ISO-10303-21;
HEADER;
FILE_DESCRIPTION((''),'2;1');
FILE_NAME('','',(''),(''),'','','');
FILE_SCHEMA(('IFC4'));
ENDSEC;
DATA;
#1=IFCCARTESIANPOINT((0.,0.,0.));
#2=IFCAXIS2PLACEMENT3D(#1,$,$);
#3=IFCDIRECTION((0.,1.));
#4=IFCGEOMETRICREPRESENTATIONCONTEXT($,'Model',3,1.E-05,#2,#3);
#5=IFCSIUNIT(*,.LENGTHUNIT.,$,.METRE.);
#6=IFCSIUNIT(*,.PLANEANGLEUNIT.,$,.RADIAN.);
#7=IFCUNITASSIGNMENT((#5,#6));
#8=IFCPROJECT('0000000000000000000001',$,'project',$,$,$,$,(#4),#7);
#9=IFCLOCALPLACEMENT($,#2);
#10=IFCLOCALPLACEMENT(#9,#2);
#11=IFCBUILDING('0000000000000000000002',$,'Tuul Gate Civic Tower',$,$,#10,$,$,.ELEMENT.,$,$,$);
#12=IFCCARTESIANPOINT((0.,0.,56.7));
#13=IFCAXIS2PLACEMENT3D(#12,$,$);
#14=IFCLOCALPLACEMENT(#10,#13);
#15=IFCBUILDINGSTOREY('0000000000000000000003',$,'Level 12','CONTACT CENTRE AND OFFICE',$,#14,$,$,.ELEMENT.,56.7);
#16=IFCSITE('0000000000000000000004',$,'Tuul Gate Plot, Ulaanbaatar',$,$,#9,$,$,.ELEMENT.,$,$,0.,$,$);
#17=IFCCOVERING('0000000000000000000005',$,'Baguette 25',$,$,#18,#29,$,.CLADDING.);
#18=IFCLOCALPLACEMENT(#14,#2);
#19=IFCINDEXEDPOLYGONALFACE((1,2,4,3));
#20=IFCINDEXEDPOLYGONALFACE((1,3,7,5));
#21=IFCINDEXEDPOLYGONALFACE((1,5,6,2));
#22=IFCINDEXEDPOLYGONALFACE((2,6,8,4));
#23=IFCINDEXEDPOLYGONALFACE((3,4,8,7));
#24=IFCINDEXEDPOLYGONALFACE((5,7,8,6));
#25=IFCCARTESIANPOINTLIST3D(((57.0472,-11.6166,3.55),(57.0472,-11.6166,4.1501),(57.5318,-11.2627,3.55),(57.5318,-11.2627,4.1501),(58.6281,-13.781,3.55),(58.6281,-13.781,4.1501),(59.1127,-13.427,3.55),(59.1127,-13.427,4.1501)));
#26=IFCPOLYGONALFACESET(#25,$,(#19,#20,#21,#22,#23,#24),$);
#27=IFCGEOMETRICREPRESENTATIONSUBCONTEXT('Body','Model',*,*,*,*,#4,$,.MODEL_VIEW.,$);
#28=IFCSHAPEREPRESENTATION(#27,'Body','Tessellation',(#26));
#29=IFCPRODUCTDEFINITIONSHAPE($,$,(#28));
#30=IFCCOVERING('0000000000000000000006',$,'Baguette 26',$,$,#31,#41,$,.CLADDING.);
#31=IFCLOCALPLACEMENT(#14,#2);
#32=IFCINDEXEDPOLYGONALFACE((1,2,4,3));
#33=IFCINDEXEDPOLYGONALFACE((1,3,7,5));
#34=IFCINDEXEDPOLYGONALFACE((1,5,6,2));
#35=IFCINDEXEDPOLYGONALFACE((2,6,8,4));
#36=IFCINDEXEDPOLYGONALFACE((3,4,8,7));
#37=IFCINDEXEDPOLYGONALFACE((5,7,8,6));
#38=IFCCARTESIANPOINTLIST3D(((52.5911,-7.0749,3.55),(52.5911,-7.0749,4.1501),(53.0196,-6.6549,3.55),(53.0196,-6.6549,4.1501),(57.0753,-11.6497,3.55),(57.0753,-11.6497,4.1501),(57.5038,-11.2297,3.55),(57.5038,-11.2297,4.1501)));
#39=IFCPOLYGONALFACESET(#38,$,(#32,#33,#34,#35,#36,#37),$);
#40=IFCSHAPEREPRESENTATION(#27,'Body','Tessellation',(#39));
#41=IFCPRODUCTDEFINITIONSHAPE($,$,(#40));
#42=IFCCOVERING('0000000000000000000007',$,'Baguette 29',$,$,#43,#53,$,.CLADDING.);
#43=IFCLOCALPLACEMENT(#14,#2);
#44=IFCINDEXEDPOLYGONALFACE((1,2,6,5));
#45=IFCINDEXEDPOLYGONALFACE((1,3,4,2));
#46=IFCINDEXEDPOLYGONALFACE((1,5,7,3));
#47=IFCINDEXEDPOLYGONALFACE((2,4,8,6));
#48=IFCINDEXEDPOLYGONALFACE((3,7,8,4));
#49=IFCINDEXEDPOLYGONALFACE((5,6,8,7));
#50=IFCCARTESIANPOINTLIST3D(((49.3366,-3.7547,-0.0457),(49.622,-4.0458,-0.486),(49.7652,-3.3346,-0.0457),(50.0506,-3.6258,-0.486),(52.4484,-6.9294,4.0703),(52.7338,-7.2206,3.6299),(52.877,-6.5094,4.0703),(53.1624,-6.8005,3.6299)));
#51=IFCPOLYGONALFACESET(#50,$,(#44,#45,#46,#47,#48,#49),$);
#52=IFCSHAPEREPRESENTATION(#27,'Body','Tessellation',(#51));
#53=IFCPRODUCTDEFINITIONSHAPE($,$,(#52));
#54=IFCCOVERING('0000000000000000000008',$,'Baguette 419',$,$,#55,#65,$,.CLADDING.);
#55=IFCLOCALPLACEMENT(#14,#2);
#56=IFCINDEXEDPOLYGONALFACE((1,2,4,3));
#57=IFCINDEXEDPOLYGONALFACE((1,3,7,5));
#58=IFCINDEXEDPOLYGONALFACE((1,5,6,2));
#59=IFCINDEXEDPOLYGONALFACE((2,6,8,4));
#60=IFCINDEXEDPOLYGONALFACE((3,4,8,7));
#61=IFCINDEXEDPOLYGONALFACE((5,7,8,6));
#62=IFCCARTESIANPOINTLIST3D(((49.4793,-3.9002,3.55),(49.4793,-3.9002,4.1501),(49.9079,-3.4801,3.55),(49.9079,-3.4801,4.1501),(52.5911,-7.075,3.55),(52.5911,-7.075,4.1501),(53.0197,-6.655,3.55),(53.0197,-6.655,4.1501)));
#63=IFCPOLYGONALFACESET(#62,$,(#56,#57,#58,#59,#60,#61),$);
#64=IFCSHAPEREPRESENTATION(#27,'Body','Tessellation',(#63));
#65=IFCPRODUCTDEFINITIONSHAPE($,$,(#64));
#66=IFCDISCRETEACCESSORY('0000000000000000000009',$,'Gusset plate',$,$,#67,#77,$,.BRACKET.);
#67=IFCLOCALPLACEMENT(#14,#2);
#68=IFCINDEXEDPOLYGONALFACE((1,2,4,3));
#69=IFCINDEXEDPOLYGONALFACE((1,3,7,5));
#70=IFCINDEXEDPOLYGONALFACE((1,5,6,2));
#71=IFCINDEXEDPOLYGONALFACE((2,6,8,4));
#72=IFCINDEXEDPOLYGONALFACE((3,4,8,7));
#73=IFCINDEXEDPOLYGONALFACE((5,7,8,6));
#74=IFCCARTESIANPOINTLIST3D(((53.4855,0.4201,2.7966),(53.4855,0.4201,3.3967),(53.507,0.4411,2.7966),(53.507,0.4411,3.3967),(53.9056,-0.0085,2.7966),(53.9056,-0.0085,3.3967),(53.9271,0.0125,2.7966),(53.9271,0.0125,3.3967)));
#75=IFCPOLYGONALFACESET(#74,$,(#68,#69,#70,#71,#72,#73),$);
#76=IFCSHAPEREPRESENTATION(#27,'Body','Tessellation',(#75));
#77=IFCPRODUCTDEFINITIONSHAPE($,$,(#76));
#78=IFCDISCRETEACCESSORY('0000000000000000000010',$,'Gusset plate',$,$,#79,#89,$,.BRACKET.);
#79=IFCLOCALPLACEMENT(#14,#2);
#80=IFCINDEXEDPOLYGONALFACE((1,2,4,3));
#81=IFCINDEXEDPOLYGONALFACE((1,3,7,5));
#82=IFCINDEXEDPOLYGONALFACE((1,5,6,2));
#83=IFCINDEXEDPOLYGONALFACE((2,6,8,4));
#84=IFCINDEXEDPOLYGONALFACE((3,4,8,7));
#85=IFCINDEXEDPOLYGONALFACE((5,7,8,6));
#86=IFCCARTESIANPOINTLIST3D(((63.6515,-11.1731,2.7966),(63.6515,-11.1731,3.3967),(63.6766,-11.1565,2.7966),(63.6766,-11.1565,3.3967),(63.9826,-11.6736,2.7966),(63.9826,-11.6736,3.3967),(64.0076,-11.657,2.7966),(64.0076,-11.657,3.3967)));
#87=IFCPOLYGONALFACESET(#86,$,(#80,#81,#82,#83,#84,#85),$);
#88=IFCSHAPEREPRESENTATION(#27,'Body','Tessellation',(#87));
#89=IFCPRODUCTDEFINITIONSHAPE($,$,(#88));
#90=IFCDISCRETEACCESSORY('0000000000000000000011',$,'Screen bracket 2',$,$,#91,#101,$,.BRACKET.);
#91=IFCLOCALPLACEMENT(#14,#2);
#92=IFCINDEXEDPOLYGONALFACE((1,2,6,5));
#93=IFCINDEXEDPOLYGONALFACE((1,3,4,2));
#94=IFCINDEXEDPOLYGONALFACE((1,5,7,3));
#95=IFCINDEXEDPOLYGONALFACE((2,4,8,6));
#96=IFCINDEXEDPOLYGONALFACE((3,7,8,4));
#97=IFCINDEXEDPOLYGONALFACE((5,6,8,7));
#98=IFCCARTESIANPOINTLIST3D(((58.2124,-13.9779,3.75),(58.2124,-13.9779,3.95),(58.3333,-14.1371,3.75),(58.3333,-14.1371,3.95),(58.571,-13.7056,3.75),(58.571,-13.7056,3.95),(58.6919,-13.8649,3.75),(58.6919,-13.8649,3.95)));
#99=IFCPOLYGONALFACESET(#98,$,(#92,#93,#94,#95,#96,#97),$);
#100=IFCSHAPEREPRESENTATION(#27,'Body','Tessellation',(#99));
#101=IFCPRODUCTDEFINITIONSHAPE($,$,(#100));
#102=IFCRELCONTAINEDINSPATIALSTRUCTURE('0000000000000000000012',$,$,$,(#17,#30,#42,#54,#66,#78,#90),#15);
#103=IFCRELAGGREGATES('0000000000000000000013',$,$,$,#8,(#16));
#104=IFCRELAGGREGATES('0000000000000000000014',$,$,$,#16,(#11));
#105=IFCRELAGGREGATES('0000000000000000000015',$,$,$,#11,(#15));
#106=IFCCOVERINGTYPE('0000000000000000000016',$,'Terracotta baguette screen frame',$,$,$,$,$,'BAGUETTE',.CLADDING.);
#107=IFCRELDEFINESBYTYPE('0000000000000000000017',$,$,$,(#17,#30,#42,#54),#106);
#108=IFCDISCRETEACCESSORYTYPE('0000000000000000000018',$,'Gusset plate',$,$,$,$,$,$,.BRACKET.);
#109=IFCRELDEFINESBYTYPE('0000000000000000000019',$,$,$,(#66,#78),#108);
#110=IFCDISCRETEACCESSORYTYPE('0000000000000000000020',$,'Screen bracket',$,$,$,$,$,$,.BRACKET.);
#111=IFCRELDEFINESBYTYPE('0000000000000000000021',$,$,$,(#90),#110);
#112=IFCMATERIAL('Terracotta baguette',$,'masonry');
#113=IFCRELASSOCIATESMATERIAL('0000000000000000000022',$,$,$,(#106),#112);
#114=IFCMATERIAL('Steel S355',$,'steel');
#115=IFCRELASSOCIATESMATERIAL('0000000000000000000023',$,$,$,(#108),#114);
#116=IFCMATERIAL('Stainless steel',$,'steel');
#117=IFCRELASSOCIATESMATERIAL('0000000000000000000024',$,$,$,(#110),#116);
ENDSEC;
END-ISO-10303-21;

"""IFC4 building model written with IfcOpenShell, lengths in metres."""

from ifc_helpers import new_model, si_unit, direction, frame, origin, origin_2d, place, context, subcontext, project, spatial, rectangle, extrude, material, material_profile, profile_set, type_object, element, save


model = new_model("IFC4")

# Units and contexts
model_context = context("Model", 3, precision=1e-05, world=origin(), true_north=direction((0.0, 1.0)))
body_context = subcontext(model_context, "Body", "Model", "MODEL_VIEW")
ifc_project = project(units=[si_unit("LENGTHUNIT", "METRE"), si_unit("PLANEANGLEUNIT", "RADIAN")], contexts=[model_context])

# Site, building, storey
site_placement = place(None, origin())
site = spatial("IfcSite", under=ifc_project, at=site_placement, Name="Tuul Gate Plot, Ulaanbaatar", CompositionType="ELEMENT", RefElevation=0.0)
building_placement = place(site_placement, origin())
building = spatial("IfcBuilding", under=site, at=building_placement, Name="Tuul Gate Civic Tower", CompositionType="ELEMENT")
storey_placement = place(building_placement, frame((0.0, 0.0, 56.7)))
storey = spatial("IfcBuildingStorey", under=building, at=storey_placement, Name="Level 12", Description="CONTACT CENTRE AND OFFICE", CompositionType="ELEMENT", Elevation=56.7)

# Coverings
ifc_material_1 = material(Name="Terracotta baguette", Category="masonry")
ifc_material_profile_1 = material_profile(ifc_material_1, rectangle(XDim=0.6001, YDim=0.6001, at=origin_2d()), Name="Terracotta baguette screen frame")
ifc_profile_set_1 = profile_set([ifc_material_profile_1], Name="Terracotta baguette")
covering_type = type_object("IfcCoveringType", Name="Terracotta baguette screen frame", ElementType="BAGUETTE", PredefinedType="CLADDING", material=ifc_profile_set_1)
covering_1_placement = place(storey_placement, frame((58.8704, -13.604, 3.8501), z_axis=(-0.589822, 0.807533, 0.0), x_axis=(-0.807533, -0.589822, 0.0)))
element("IfcCovering", 1, at=covering_1_placement, inside=storey, type_object=covering_type, Name="Baguette 25", PredefinedType="CLADDING", context=body_context, shape_type="SweptSolid", body=[
    extrude(rectangle(XDim=0.6001, YDim=0.6001, at=origin_2d()), origin(), (0.0, 0.0, 1.0), 2.6802),
])
covering_2_placement = place(storey_placement, frame((57.2896, -11.4397, 3.8501), z_axis=(-0.700002, 0.714141, 0.0), x_axis=(-0.714141, -0.700002, 0.0)))
element("IfcCovering", 2, at=covering_2_placement, inside=storey, type_object=covering_type, Name="Baguette 26", PredefinedType="CLADDING", context=body_context, shape_type="SweptSolid", body=[
    extrude(rectangle(XDim=0.6001, YDim=0.6001, at=origin_2d()), origin(), (0.0, 0.0, 1.0), 6.406),
])
covering_3_placement = place(storey_placement, frame((52.8054, -6.865, 3.8501), z_axis=(-0.513638, 0.524035, -0.679384), x_axis=(-0.714156, -0.699987, 0.0)))
element("IfcCovering", 3, at=covering_3_placement, inside=storey, type_object=covering_type, Name="Baguette 29", PredefinedType="CLADDING", context=body_context, shape_type="SweptSolid", body=[
    extrude(rectangle(XDim=0.6001, YDim=0.6001, at=origin_2d()), origin(), (0.0, 0.0, 1.0), 6.0583),
])
covering_4_placement = place(storey_placement, frame((52.8054, -6.865, 3.8501), z_axis=(-0.699987, 0.714156, 0.0), x_axis=(-0.714156, -0.699987, 0.0)))
element("IfcCovering", 4, at=covering_4_placement, inside=storey, type_object=covering_type, Name="Baguette 419", PredefinedType="CLADDING", context=body_context, shape_type="SweptSolid", body=[
    extrude(rectangle(XDim=0.6001, YDim=0.6001, at=origin_2d()), origin(), (0.0, 0.0, 1.0), 4.4456),
])

# Discrete accessories
ifc_material_2 = material(Name="Steel S355", Category="steel")
discrete_accessory_type_1 = type_object("IfcDiscreteAccessoryType", Name="Gusset plate", PredefinedType="BRACKET", material=ifc_material_2)
for number, where, z_axis, x_axis, name in (
    (5, (53.7063, 0.2163, 2.7966), (0.0, 0.0, 1.0), (0.7, -0.714143, 0.0), "Gusset plate"),
    (6, (63.8296, -11.415, 2.7966), (0.0, 0.0, 1.0), (0.551645, -0.834079, 0.0), "Gusset plate"),
):
    element("IfcDiscreteAccessory", number, at=place(storey_placement, frame(where, z_axis=z_axis, x_axis=x_axis)), inside=storey, type_object=discrete_accessory_type_1, Name=name, PredefinedType="BRACKET", context=body_context, shape_type="SweptSolid", body=[
        extrude(rectangle(XDim=0.6001, YDim=0.03, at=origin_2d()), origin(), (0.0, 0.0, 1.0), 0.6001),
    ])
ifc_material_3 = material(Name="Stainless steel", Category="steel")
discrete_accessory_type_2 = type_object("IfcDiscreteAccessoryType", Name="Screen bracket", PredefinedType="BRACKET", material=ifc_material_3)
discrete_accessory_placement = place(storey_placement, frame((58.4521, -13.9214, 3.75), z_axis=(0.0, 0.0, 1.0), x_axis=(0.79642, 0.604744, 0.0)))
element("IfcDiscreteAccessory", 7, at=discrete_accessory_placement, inside=storey, type_object=discrete_accessory_type_2, Name="Screen bracket 2", PredefinedType="BRACKET", context=body_context, shape_type="SweptSolid", body=[
    extrude(rectangle(XDim=0.4502, YDim=0.2, at=origin_2d()), origin(), (0.0, 0.0, 1.0), 0.2),
])

save(model, "model.ifc")
